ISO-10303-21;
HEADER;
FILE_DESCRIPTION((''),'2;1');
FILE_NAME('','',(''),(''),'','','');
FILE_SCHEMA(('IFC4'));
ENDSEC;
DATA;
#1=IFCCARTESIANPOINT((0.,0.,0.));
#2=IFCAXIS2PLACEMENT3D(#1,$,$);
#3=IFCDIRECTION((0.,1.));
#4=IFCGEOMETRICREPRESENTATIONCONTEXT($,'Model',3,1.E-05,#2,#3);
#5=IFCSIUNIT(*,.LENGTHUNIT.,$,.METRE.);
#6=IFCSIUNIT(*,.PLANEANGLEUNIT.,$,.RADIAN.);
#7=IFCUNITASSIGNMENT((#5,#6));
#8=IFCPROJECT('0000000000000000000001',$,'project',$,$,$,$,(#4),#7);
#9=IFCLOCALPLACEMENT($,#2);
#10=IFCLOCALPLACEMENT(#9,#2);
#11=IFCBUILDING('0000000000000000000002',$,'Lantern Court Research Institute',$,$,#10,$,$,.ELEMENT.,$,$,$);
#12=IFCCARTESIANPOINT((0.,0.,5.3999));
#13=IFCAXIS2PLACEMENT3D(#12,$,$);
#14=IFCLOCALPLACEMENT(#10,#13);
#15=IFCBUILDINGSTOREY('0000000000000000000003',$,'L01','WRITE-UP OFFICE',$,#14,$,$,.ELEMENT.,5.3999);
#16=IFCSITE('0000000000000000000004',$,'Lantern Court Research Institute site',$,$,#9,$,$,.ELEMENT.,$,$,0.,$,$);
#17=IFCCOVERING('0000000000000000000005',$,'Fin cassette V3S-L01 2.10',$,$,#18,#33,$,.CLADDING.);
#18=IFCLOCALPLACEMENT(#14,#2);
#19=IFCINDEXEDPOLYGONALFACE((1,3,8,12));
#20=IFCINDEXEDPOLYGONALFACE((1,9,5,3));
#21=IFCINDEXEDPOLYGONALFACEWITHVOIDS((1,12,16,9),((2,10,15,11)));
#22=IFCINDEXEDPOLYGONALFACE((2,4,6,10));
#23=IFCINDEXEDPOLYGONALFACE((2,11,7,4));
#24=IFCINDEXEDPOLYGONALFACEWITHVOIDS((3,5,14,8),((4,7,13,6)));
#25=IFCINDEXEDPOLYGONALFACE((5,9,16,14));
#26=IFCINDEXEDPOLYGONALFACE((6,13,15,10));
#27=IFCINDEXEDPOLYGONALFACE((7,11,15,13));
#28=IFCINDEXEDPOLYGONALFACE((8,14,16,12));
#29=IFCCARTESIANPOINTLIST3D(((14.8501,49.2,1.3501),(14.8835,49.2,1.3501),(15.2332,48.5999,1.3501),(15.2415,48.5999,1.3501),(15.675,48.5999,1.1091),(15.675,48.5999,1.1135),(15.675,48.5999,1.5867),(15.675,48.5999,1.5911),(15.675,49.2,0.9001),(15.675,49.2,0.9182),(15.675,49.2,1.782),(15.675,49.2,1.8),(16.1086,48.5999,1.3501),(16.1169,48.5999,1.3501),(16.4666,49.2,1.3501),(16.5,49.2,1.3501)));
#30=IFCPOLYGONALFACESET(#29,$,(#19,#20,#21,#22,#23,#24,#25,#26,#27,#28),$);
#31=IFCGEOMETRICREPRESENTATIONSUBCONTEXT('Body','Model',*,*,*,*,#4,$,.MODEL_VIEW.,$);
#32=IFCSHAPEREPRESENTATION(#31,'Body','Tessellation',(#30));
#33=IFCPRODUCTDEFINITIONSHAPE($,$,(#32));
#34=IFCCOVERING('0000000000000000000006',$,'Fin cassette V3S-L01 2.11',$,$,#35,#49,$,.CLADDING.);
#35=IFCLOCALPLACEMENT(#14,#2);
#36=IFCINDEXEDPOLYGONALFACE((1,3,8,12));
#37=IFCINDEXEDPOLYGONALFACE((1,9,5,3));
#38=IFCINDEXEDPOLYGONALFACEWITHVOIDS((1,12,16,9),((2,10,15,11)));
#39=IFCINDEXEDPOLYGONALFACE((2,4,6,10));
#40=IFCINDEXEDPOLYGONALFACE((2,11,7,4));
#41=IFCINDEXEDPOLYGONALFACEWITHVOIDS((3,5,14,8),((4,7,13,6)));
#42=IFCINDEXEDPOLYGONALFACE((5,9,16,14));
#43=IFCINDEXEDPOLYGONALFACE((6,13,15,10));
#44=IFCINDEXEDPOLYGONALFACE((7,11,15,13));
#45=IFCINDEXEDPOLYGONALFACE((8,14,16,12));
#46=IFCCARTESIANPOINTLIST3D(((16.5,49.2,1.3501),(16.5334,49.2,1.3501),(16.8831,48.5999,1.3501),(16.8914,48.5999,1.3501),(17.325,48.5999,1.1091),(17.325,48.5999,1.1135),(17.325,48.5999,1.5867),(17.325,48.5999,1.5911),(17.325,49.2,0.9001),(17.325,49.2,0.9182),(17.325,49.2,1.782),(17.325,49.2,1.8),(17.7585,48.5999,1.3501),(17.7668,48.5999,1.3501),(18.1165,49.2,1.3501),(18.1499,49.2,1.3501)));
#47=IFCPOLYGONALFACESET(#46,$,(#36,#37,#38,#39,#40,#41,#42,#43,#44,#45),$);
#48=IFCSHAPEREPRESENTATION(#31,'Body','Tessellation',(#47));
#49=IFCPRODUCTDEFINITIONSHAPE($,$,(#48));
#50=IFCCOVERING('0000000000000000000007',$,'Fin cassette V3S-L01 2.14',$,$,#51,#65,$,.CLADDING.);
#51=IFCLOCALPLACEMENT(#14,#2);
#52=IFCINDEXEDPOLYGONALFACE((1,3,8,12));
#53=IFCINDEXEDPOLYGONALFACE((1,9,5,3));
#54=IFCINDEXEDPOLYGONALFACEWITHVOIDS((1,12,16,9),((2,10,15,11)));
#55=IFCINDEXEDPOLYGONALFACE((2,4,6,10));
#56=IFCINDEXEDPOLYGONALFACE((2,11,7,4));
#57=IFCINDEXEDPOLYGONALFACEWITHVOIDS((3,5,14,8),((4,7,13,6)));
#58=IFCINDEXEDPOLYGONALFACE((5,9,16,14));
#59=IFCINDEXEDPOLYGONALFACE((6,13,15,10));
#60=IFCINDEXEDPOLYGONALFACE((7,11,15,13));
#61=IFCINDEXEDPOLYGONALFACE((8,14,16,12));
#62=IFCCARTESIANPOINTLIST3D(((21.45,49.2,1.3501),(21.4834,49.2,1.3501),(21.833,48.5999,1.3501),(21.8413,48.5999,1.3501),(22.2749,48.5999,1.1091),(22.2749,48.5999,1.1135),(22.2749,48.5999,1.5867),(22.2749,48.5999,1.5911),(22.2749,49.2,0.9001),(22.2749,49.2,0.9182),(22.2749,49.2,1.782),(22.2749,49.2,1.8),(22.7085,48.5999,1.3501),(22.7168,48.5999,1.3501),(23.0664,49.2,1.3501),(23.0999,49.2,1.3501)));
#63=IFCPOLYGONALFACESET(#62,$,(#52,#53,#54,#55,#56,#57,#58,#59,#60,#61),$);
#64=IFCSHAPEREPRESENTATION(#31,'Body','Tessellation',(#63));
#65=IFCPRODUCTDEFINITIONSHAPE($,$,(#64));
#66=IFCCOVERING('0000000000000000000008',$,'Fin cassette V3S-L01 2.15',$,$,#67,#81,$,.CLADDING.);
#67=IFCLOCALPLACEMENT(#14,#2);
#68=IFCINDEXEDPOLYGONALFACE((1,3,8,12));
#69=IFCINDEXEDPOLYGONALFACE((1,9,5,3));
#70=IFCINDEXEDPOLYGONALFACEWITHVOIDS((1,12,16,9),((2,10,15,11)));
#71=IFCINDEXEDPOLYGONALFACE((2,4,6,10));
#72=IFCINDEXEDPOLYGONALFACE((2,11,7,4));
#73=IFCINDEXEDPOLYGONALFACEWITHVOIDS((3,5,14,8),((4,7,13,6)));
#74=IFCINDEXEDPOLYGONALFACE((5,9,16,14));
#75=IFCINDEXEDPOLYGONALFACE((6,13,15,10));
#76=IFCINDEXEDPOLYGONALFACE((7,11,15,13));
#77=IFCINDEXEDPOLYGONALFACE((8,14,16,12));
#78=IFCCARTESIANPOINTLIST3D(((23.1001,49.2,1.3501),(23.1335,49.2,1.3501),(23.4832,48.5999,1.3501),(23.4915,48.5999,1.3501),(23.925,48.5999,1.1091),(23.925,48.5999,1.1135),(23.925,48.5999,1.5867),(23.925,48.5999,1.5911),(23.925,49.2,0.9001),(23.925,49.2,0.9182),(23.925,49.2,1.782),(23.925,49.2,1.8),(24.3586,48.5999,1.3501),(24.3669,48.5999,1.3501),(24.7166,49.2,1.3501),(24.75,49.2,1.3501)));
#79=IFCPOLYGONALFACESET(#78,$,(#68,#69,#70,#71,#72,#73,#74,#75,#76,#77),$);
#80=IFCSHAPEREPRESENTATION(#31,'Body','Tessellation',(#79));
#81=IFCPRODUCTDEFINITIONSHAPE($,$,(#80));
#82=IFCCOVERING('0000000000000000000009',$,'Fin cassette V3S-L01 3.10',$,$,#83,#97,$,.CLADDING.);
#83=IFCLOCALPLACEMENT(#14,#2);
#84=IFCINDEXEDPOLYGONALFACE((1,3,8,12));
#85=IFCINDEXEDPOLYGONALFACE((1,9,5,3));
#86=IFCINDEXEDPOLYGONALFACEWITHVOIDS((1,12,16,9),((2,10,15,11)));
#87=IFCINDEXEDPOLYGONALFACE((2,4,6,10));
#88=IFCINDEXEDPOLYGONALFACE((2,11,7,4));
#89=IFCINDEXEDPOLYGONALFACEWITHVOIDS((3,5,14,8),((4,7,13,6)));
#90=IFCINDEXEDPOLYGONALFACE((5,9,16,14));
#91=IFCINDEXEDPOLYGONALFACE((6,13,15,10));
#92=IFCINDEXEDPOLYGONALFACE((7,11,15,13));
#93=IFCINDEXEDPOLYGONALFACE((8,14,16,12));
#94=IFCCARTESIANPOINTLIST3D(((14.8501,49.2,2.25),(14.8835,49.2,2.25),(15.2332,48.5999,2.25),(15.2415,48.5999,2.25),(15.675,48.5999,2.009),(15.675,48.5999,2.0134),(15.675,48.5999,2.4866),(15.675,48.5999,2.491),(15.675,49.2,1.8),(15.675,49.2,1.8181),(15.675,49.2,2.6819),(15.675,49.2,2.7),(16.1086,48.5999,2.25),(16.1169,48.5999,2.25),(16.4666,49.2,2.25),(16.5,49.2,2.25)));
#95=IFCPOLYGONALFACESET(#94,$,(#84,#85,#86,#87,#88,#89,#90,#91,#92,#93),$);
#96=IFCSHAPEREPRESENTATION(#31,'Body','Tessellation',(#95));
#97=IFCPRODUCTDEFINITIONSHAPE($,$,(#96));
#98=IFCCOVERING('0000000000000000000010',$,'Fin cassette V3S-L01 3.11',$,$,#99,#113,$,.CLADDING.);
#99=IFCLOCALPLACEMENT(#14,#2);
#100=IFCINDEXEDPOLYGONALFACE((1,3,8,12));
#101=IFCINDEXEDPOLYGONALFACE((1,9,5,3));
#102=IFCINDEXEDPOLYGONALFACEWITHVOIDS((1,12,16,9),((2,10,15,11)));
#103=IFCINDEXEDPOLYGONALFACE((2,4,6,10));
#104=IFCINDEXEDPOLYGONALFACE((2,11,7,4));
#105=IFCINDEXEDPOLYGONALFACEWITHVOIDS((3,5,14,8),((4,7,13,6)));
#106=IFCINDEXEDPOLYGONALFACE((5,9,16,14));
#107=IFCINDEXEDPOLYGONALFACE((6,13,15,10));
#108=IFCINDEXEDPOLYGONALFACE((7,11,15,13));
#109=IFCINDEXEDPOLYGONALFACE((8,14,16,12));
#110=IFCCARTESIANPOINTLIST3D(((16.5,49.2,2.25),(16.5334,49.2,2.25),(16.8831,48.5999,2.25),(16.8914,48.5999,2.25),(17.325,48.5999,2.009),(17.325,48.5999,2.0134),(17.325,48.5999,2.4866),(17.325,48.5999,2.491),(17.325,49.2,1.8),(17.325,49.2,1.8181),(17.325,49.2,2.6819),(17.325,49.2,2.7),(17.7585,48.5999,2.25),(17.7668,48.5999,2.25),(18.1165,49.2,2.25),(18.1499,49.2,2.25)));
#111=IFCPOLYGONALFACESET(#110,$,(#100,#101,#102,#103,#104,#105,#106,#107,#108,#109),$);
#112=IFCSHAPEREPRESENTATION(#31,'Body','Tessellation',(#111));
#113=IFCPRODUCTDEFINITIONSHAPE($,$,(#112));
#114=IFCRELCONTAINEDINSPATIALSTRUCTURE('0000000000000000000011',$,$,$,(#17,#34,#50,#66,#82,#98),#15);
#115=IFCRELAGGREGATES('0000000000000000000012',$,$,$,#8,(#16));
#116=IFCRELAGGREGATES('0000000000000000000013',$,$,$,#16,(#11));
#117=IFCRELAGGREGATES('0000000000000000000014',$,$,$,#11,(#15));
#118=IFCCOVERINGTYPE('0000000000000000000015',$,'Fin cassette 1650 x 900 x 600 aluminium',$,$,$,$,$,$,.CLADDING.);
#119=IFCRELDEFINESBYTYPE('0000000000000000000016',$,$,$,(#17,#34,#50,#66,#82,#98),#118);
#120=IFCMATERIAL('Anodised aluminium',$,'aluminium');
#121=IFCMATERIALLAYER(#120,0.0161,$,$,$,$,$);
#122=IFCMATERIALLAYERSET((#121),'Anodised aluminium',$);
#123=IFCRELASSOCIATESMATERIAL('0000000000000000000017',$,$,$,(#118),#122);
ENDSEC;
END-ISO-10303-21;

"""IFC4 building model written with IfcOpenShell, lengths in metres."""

from ifc_helpers import new_model, entity, si_unit, direction, frame, origin, place, context, subcontext, project, spatial, material, layer, layer_set, type_object, element, save


model = new_model("IFC4")

# Units and contexts
model_context = context("Model", 3, precision=1e-05, world=origin(), true_north=direction((0.0, 1.0)))
body_context = subcontext(model_context, "Body", "Model", "MODEL_VIEW")
ifc_project = project(units=[si_unit("LENGTHUNIT", "METRE"), si_unit("PLANEANGLEUNIT", "RADIAN")], contexts=[model_context])

# Site, building, storey
site_placement = place(None, origin())
site = spatial("IfcSite", under=ifc_project, at=site_placement, Name="Lantern Court Research Institute site", CompositionType="ELEMENT", RefElevation=0.0)
building_placement = place(site_placement, origin())
building = spatial("IfcBuilding", under=site, at=building_placement, Name="Lantern Court Research Institute", CompositionType="ELEMENT")
storey_placement = place(building_placement, frame((0.0, 0.0, 5.3999)))
storey = spatial("IfcBuildingStorey", under=building, at=storey_placement, Name="L01", Description="WRITE-UP OFFICE", CompositionType="ELEMENT", Elevation=5.3999)

# Coverings
ifc_material_1 = material(Name="Anodised aluminium", Category="aluminium")
ifc_layer_1 = layer(ifc_material_1, 0.0161)
ifc_layer_set_1 = layer_set([ifc_layer_1], Name="Anodised aluminium")
covering_type_1 = type_object("IfcCoveringType", Name="Fin cassette 1650 x 900 x 600 aluminium", PredefinedType="CLADDING", material=ifc_layer_set_1)
covering_1_placement = place(storey_placement, frame((15.675, 49.2, 1.3501), z_axis=(0.0, -1.0, 0.0), x_axis=(1.0, 0.0, 0.0)))
cartesian_point_1 = entity("IfcCartesianPoint", [0.825, 0.0])
cartesian_point_2 = entity("IfcCartesianPoint", [0.7915, 0.0])
cartesian_point_3 = entity("IfcCartesianPoint", [0.4419, 0.0])
cartesian_point_4 = entity("IfcCartesianPoint", [0.4336, 0.0])
element("IfcCovering", 1, at=covering_1_placement, inside=storey, type_object=covering_type_1, Name="Fin cassette V3S-L01 2.10", PredefinedType="CLADDING", context=body_context, shape_type="SweptSolid", body=[
    entity("IfcExtrudedAreaSolidTapered", entity("IfcArbitraryProfileDefWithVoids", "AREA", None, entity("IfcPolyline", [cartesian_point_1, entity("IfcCartesianPoint", [0.0, 0.45]), entity("IfcCartesianPoint", [-0.825, 0.0]), entity("IfcCartesianPoint", [0.0, -0.45]), cartesian_point_1]), [entity("IfcPolyline", [cartesian_point_2, entity("IfcCartesianPoint", [0.0, 0.4319]), entity("IfcCartesianPoint", [-0.7915, 0.0]), entity("IfcCartesianPoint", [0.0, -0.4319]), cartesian_point_2])]), entity("IfcAxis2Placement3D", entity("IfcCartesianPoint", [0.0, 0.0, 0.0])), entity("IfcDirection", [0.0, 0.0, 1.0]), 0.6001, entity("IfcArbitraryProfileDefWithVoids", "AREA", None, entity("IfcPolyline", [cartesian_point_3, entity("IfcCartesianPoint", [0.0, 0.241]), entity("IfcCartesianPoint", [-0.4419, 0.0]), entity("IfcCartesianPoint", [0.0, -0.241]), cartesian_point_3]), [entity("IfcPolyline", [cartesian_point_4, entity("IfcCartesianPoint", [0.0, 0.2366]), entity("IfcCartesianPoint", [-0.4336, 0.0]), entity("IfcCartesianPoint", [0.0, -0.2366]), cartesian_point_4])])),
])
covering_2_placement = place(storey_placement, frame((17.325, 49.2, 1.3501), z_axis=(0.0, -1.0, 0.0), x_axis=(1.0, 0.0, 0.0)))
cartesian_point_5 = entity("IfcCartesianPoint", [0.825, 0.0])
cartesian_point_6 = entity("IfcCartesianPoint", [0.7915, 0.0])
cartesian_point_7 = entity("IfcCartesianPoint", [0.4419, 0.0])
cartesian_point_8 = entity("IfcCartesianPoint", [0.4336, 0.0])
element("IfcCovering", 2, at=covering_2_placement, inside=storey, type_object=covering_type_1, Name="Fin cassette V3S-L01 2.11", PredefinedType="CLADDING", context=body_context, shape_type="SweptSolid", body=[
    entity("IfcExtrudedAreaSolidTapered", entity("IfcArbitraryProfileDefWithVoids", "AREA", None, entity("IfcPolyline", [cartesian_point_5, entity("IfcCartesianPoint", [0.0, 0.45]), entity("IfcCartesianPoint", [-0.825, 0.0]), entity("IfcCartesianPoint", [0.0, -0.45]), cartesian_point_5]), [entity("IfcPolyline", [cartesian_point_6, entity("IfcCartesianPoint", [0.0, 0.4319]), entity("IfcCartesianPoint", [-0.7915, 0.0]), entity("IfcCartesianPoint", [0.0, -0.4319]), cartesian_point_6])]), entity("IfcAxis2Placement3D", entity("IfcCartesianPoint", [0.0, 0.0, 0.0])), entity("IfcDirection", [0.0, 0.0, 1.0]), 0.6001, entity("IfcArbitraryProfileDefWithVoids", "AREA", None, entity("IfcPolyline", [cartesian_point_7, entity("IfcCartesianPoint", [0.0, 0.241]), entity("IfcCartesianPoint", [-0.4419, 0.0]), entity("IfcCartesianPoint", [0.0, -0.241]), cartesian_point_7]), [entity("IfcPolyline", [cartesian_point_8, entity("IfcCartesianPoint", [0.0, 0.2366]), entity("IfcCartesianPoint", [-0.4336, 0.0]), entity("IfcCartesianPoint", [0.0, -0.2366]), cartesian_point_8])])),
])
covering_3_placement = place(storey_placement, frame((22.2749, 49.2, 1.3501), z_axis=(0.0, -1.0, 0.0), x_axis=(1.0, 0.0, 0.0)))
cartesian_point_9 = entity("IfcCartesianPoint", [0.825, 0.0])
cartesian_point_10 = entity("IfcCartesianPoint", [0.7915, 0.0])
cartesian_point_11 = entity("IfcCartesianPoint", [0.4419, 0.0])
cartesian_point_12 = entity("IfcCartesianPoint", [0.4336, 0.0])
element("IfcCovering", 3, at=covering_3_placement, inside=storey, type_object=covering_type_1, Name="Fin cassette V3S-L01 2.14", PredefinedType="CLADDING", context=body_context, shape_type="SweptSolid", body=[
    entity("IfcExtrudedAreaSolidTapered", entity("IfcArbitraryProfileDefWithVoids", "AREA", None, entity("IfcPolyline", [cartesian_point_9, entity("IfcCartesianPoint", [0.0, 0.45]), entity("IfcCartesianPoint", [-0.825, 0.0]), entity("IfcCartesianPoint", [0.0, -0.45]), cartesian_point_9]), [entity("IfcPolyline", [cartesian_point_10, entity("IfcCartesianPoint", [0.0, 0.4319]), entity("IfcCartesianPoint", [-0.7915, 0.0]), entity("IfcCartesianPoint", [0.0, -0.4319]), cartesian_point_10])]), entity("IfcAxis2Placement3D", entity("IfcCartesianPoint", [0.0, 0.0, 0.0])), entity("IfcDirection", [0.0, 0.0, 1.0]), 0.6001, entity("IfcArbitraryProfileDefWithVoids", "AREA", None, entity("IfcPolyline", [cartesian_point_11, entity("IfcCartesianPoint", [0.0, 0.241]), entity("IfcCartesianPoint", [-0.4419, 0.0]), entity("IfcCartesianPoint", [0.0, -0.241]), cartesian_point_11]), [entity("IfcPolyline", [cartesian_point_12, entity("IfcCartesianPoint", [0.0, 0.2366]), entity("IfcCartesianPoint", [-0.4336, 0.0]), entity("IfcCartesianPoint", [0.0, -0.2366]), cartesian_point_12])])),
])
covering_4_placement = place(storey_placement, frame((23.925, 49.2, 1.3501), z_axis=(0.0, -1.0, 0.0), x_axis=(1.0, 0.0, 0.0)))
cartesian_point_13 = entity("IfcCartesianPoint", [0.825, 0.0])
cartesian_point_14 = entity("IfcCartesianPoint", [0.7915, 0.0])
cartesian_point_15 = entity("IfcCartesianPoint", [0.4419, 0.0])
cartesian_point_16 = entity("IfcCartesianPoint", [0.4336, 0.0])
element("IfcCovering", 4, at=covering_4_placement, inside=storey, type_object=covering_type_1, Name="Fin cassette V3S-L01 2.15", PredefinedType="CLADDING", context=body_context, shape_type="SweptSolid", body=[
    entity("IfcExtrudedAreaSolidTapered", entity("IfcArbitraryProfileDefWithVoids", "AREA", None, entity("IfcPolyline", [cartesian_point_13, entity("IfcCartesianPoint", [0.0, 0.45]), entity("IfcCartesianPoint", [-0.825, 0.0]), entity("IfcCartesianPoint", [0.0, -0.45]), cartesian_point_13]), [entity("IfcPolyline", [cartesian_point_14, entity("IfcCartesianPoint", [0.0, 0.4319]), entity("IfcCartesianPoint", [-0.7915, 0.0]), entity("IfcCartesianPoint", [0.0, -0.4319]), cartesian_point_14])]), entity("IfcAxis2Placement3D", entity("IfcCartesianPoint", [0.0, 0.0, 0.0])), entity("IfcDirection", [0.0, 0.0, 1.0]), 0.6001, entity("IfcArbitraryProfileDefWithVoids", "AREA", None, entity("IfcPolyline", [cartesian_point_15, entity("IfcCartesianPoint", [0.0, 0.241]), entity("IfcCartesianPoint", [-0.4419, 0.0]), entity("IfcCartesianPoint", [0.0, -0.241]), cartesian_point_15]), [entity("IfcPolyline", [cartesian_point_16, entity("IfcCartesianPoint", [0.0, 0.2366]), entity("IfcCartesianPoint", [-0.4336, 0.0]), entity("IfcCartesianPoint", [0.0, -0.2366]), cartesian_point_16])])),
])
covering_5_placement = place(storey_placement, frame((15.675, 49.2, 2.25), z_axis=(0.0, -1.0, 0.0), x_axis=(1.0, 0.0, 0.0)))
cartesian_point_17 = entity("IfcCartesianPoint", [0.825, 0.0])
cartesian_point_18 = entity("IfcCartesianPoint", [0.7915, 0.0])
cartesian_point_19 = entity("IfcCartesianPoint", [0.4419, 0.0])
cartesian_point_20 = entity("IfcCartesianPoint", [0.4336, 0.0])
element("IfcCovering", 5, at=covering_5_placement, inside=storey, type_object=covering_type_1, Name="Fin cassette V3S-L01 3.10", PredefinedType="CLADDING", context=body_context, shape_type="SweptSolid", body=[
    entity("IfcExtrudedAreaSolidTapered", entity("IfcArbitraryProfileDefWithVoids", "AREA", None, entity("IfcPolyline", [cartesian_point_17, entity("IfcCartesianPoint", [0.0, 0.45]), entity("IfcCartesianPoint", [-0.825, 0.0]), entity("IfcCartesianPoint", [0.0, -0.45]), cartesian_point_17]), [entity("IfcPolyline", [cartesian_point_18, entity("IfcCartesianPoint", [0.0, 0.4319]), entity("IfcCartesianPoint", [-0.7915, 0.0]), entity("IfcCartesianPoint", [0.0, -0.4319]), cartesian_point_18])]), entity("IfcAxis2Placement3D", entity("IfcCartesianPoint", [0.0, 0.0, 0.0])), entity("IfcDirection", [0.0, 0.0, 1.0]), 0.6001, entity("IfcArbitraryProfileDefWithVoids", "AREA", None, entity("IfcPolyline", [cartesian_point_19, entity("IfcCartesianPoint", [0.0, 0.241]), entity("IfcCartesianPoint", [-0.4419, 0.0]), entity("IfcCartesianPoint", [0.0, -0.241]), cartesian_point_19]), [entity("IfcPolyline", [cartesian_point_20, entity("IfcCartesianPoint", [0.0, 0.2366]), entity("IfcCartesianPoint", [-0.4336, 0.0]), entity("IfcCartesianPoint", [0.0, -0.2366]), cartesian_point_20])])),
])
covering_6_placement = place(storey_placement, frame((17.325, 49.2, 2.25), z_axis=(0.0, -1.0, 0.0), x_axis=(1.0, 0.0, 0.0)))
cartesian_point_21 = entity("IfcCartesianPoint", [0.825, 0.0])
cartesian_point_22 = entity("IfcCartesianPoint", [0.7915, 0.0])
cartesian_point_23 = entity("IfcCartesianPoint", [0.4419, 0.0])
cartesian_point_24 = entity("IfcCartesianPoint", [0.4336, 0.0])
element("IfcCovering", 6, at=covering_6_placement, inside=storey, type_object=covering_type_1, Name="Fin cassette V3S-L01 3.11", PredefinedType="CLADDING", context=body_context, shape_type="SweptSolid", body=[
    entity("IfcExtrudedAreaSolidTapered", entity("IfcArbitraryProfileDefWithVoids", "AREA", None, entity("IfcPolyline", [cartesian_point_21, entity("IfcCartesianPoint", [0.0, 0.45]), entity("IfcCartesianPoint", [-0.825, 0.0]), entity("IfcCartesianPoint", [0.0, -0.45]), cartesian_point_21]), [entity("IfcPolyline", [cartesian_point_22, entity("IfcCartesianPoint", [0.0, 0.4319]), entity("IfcCartesianPoint", [-0.7915, 0.0]), entity("IfcCartesianPoint", [0.0, -0.4319]), cartesian_point_22])]), entity("IfcAxis2Placement3D", entity("IfcCartesianPoint", [0.0, 0.0, 0.0])), entity("IfcDirection", [0.0, 0.0, 1.0]), 0.6001, entity("IfcArbitraryProfileDefWithVoids", "AREA", None, entity("IfcPolyline", [cartesian_point_23, entity("IfcCartesianPoint", [0.0, 0.241]), entity("IfcCartesianPoint", [-0.4419, 0.0]), entity("IfcCartesianPoint", [0.0, -0.241]), cartesian_point_23]), [entity("IfcPolyline", [cartesian_point_24, entity("IfcCartesianPoint", [0.0, 0.2366]), entity("IfcCartesianPoint", [-0.4336, 0.0]), entity("IfcCartesianPoint", [0.0, -0.2366]), cartesian_point_24])])),
])

save(model, "model.ifc")
